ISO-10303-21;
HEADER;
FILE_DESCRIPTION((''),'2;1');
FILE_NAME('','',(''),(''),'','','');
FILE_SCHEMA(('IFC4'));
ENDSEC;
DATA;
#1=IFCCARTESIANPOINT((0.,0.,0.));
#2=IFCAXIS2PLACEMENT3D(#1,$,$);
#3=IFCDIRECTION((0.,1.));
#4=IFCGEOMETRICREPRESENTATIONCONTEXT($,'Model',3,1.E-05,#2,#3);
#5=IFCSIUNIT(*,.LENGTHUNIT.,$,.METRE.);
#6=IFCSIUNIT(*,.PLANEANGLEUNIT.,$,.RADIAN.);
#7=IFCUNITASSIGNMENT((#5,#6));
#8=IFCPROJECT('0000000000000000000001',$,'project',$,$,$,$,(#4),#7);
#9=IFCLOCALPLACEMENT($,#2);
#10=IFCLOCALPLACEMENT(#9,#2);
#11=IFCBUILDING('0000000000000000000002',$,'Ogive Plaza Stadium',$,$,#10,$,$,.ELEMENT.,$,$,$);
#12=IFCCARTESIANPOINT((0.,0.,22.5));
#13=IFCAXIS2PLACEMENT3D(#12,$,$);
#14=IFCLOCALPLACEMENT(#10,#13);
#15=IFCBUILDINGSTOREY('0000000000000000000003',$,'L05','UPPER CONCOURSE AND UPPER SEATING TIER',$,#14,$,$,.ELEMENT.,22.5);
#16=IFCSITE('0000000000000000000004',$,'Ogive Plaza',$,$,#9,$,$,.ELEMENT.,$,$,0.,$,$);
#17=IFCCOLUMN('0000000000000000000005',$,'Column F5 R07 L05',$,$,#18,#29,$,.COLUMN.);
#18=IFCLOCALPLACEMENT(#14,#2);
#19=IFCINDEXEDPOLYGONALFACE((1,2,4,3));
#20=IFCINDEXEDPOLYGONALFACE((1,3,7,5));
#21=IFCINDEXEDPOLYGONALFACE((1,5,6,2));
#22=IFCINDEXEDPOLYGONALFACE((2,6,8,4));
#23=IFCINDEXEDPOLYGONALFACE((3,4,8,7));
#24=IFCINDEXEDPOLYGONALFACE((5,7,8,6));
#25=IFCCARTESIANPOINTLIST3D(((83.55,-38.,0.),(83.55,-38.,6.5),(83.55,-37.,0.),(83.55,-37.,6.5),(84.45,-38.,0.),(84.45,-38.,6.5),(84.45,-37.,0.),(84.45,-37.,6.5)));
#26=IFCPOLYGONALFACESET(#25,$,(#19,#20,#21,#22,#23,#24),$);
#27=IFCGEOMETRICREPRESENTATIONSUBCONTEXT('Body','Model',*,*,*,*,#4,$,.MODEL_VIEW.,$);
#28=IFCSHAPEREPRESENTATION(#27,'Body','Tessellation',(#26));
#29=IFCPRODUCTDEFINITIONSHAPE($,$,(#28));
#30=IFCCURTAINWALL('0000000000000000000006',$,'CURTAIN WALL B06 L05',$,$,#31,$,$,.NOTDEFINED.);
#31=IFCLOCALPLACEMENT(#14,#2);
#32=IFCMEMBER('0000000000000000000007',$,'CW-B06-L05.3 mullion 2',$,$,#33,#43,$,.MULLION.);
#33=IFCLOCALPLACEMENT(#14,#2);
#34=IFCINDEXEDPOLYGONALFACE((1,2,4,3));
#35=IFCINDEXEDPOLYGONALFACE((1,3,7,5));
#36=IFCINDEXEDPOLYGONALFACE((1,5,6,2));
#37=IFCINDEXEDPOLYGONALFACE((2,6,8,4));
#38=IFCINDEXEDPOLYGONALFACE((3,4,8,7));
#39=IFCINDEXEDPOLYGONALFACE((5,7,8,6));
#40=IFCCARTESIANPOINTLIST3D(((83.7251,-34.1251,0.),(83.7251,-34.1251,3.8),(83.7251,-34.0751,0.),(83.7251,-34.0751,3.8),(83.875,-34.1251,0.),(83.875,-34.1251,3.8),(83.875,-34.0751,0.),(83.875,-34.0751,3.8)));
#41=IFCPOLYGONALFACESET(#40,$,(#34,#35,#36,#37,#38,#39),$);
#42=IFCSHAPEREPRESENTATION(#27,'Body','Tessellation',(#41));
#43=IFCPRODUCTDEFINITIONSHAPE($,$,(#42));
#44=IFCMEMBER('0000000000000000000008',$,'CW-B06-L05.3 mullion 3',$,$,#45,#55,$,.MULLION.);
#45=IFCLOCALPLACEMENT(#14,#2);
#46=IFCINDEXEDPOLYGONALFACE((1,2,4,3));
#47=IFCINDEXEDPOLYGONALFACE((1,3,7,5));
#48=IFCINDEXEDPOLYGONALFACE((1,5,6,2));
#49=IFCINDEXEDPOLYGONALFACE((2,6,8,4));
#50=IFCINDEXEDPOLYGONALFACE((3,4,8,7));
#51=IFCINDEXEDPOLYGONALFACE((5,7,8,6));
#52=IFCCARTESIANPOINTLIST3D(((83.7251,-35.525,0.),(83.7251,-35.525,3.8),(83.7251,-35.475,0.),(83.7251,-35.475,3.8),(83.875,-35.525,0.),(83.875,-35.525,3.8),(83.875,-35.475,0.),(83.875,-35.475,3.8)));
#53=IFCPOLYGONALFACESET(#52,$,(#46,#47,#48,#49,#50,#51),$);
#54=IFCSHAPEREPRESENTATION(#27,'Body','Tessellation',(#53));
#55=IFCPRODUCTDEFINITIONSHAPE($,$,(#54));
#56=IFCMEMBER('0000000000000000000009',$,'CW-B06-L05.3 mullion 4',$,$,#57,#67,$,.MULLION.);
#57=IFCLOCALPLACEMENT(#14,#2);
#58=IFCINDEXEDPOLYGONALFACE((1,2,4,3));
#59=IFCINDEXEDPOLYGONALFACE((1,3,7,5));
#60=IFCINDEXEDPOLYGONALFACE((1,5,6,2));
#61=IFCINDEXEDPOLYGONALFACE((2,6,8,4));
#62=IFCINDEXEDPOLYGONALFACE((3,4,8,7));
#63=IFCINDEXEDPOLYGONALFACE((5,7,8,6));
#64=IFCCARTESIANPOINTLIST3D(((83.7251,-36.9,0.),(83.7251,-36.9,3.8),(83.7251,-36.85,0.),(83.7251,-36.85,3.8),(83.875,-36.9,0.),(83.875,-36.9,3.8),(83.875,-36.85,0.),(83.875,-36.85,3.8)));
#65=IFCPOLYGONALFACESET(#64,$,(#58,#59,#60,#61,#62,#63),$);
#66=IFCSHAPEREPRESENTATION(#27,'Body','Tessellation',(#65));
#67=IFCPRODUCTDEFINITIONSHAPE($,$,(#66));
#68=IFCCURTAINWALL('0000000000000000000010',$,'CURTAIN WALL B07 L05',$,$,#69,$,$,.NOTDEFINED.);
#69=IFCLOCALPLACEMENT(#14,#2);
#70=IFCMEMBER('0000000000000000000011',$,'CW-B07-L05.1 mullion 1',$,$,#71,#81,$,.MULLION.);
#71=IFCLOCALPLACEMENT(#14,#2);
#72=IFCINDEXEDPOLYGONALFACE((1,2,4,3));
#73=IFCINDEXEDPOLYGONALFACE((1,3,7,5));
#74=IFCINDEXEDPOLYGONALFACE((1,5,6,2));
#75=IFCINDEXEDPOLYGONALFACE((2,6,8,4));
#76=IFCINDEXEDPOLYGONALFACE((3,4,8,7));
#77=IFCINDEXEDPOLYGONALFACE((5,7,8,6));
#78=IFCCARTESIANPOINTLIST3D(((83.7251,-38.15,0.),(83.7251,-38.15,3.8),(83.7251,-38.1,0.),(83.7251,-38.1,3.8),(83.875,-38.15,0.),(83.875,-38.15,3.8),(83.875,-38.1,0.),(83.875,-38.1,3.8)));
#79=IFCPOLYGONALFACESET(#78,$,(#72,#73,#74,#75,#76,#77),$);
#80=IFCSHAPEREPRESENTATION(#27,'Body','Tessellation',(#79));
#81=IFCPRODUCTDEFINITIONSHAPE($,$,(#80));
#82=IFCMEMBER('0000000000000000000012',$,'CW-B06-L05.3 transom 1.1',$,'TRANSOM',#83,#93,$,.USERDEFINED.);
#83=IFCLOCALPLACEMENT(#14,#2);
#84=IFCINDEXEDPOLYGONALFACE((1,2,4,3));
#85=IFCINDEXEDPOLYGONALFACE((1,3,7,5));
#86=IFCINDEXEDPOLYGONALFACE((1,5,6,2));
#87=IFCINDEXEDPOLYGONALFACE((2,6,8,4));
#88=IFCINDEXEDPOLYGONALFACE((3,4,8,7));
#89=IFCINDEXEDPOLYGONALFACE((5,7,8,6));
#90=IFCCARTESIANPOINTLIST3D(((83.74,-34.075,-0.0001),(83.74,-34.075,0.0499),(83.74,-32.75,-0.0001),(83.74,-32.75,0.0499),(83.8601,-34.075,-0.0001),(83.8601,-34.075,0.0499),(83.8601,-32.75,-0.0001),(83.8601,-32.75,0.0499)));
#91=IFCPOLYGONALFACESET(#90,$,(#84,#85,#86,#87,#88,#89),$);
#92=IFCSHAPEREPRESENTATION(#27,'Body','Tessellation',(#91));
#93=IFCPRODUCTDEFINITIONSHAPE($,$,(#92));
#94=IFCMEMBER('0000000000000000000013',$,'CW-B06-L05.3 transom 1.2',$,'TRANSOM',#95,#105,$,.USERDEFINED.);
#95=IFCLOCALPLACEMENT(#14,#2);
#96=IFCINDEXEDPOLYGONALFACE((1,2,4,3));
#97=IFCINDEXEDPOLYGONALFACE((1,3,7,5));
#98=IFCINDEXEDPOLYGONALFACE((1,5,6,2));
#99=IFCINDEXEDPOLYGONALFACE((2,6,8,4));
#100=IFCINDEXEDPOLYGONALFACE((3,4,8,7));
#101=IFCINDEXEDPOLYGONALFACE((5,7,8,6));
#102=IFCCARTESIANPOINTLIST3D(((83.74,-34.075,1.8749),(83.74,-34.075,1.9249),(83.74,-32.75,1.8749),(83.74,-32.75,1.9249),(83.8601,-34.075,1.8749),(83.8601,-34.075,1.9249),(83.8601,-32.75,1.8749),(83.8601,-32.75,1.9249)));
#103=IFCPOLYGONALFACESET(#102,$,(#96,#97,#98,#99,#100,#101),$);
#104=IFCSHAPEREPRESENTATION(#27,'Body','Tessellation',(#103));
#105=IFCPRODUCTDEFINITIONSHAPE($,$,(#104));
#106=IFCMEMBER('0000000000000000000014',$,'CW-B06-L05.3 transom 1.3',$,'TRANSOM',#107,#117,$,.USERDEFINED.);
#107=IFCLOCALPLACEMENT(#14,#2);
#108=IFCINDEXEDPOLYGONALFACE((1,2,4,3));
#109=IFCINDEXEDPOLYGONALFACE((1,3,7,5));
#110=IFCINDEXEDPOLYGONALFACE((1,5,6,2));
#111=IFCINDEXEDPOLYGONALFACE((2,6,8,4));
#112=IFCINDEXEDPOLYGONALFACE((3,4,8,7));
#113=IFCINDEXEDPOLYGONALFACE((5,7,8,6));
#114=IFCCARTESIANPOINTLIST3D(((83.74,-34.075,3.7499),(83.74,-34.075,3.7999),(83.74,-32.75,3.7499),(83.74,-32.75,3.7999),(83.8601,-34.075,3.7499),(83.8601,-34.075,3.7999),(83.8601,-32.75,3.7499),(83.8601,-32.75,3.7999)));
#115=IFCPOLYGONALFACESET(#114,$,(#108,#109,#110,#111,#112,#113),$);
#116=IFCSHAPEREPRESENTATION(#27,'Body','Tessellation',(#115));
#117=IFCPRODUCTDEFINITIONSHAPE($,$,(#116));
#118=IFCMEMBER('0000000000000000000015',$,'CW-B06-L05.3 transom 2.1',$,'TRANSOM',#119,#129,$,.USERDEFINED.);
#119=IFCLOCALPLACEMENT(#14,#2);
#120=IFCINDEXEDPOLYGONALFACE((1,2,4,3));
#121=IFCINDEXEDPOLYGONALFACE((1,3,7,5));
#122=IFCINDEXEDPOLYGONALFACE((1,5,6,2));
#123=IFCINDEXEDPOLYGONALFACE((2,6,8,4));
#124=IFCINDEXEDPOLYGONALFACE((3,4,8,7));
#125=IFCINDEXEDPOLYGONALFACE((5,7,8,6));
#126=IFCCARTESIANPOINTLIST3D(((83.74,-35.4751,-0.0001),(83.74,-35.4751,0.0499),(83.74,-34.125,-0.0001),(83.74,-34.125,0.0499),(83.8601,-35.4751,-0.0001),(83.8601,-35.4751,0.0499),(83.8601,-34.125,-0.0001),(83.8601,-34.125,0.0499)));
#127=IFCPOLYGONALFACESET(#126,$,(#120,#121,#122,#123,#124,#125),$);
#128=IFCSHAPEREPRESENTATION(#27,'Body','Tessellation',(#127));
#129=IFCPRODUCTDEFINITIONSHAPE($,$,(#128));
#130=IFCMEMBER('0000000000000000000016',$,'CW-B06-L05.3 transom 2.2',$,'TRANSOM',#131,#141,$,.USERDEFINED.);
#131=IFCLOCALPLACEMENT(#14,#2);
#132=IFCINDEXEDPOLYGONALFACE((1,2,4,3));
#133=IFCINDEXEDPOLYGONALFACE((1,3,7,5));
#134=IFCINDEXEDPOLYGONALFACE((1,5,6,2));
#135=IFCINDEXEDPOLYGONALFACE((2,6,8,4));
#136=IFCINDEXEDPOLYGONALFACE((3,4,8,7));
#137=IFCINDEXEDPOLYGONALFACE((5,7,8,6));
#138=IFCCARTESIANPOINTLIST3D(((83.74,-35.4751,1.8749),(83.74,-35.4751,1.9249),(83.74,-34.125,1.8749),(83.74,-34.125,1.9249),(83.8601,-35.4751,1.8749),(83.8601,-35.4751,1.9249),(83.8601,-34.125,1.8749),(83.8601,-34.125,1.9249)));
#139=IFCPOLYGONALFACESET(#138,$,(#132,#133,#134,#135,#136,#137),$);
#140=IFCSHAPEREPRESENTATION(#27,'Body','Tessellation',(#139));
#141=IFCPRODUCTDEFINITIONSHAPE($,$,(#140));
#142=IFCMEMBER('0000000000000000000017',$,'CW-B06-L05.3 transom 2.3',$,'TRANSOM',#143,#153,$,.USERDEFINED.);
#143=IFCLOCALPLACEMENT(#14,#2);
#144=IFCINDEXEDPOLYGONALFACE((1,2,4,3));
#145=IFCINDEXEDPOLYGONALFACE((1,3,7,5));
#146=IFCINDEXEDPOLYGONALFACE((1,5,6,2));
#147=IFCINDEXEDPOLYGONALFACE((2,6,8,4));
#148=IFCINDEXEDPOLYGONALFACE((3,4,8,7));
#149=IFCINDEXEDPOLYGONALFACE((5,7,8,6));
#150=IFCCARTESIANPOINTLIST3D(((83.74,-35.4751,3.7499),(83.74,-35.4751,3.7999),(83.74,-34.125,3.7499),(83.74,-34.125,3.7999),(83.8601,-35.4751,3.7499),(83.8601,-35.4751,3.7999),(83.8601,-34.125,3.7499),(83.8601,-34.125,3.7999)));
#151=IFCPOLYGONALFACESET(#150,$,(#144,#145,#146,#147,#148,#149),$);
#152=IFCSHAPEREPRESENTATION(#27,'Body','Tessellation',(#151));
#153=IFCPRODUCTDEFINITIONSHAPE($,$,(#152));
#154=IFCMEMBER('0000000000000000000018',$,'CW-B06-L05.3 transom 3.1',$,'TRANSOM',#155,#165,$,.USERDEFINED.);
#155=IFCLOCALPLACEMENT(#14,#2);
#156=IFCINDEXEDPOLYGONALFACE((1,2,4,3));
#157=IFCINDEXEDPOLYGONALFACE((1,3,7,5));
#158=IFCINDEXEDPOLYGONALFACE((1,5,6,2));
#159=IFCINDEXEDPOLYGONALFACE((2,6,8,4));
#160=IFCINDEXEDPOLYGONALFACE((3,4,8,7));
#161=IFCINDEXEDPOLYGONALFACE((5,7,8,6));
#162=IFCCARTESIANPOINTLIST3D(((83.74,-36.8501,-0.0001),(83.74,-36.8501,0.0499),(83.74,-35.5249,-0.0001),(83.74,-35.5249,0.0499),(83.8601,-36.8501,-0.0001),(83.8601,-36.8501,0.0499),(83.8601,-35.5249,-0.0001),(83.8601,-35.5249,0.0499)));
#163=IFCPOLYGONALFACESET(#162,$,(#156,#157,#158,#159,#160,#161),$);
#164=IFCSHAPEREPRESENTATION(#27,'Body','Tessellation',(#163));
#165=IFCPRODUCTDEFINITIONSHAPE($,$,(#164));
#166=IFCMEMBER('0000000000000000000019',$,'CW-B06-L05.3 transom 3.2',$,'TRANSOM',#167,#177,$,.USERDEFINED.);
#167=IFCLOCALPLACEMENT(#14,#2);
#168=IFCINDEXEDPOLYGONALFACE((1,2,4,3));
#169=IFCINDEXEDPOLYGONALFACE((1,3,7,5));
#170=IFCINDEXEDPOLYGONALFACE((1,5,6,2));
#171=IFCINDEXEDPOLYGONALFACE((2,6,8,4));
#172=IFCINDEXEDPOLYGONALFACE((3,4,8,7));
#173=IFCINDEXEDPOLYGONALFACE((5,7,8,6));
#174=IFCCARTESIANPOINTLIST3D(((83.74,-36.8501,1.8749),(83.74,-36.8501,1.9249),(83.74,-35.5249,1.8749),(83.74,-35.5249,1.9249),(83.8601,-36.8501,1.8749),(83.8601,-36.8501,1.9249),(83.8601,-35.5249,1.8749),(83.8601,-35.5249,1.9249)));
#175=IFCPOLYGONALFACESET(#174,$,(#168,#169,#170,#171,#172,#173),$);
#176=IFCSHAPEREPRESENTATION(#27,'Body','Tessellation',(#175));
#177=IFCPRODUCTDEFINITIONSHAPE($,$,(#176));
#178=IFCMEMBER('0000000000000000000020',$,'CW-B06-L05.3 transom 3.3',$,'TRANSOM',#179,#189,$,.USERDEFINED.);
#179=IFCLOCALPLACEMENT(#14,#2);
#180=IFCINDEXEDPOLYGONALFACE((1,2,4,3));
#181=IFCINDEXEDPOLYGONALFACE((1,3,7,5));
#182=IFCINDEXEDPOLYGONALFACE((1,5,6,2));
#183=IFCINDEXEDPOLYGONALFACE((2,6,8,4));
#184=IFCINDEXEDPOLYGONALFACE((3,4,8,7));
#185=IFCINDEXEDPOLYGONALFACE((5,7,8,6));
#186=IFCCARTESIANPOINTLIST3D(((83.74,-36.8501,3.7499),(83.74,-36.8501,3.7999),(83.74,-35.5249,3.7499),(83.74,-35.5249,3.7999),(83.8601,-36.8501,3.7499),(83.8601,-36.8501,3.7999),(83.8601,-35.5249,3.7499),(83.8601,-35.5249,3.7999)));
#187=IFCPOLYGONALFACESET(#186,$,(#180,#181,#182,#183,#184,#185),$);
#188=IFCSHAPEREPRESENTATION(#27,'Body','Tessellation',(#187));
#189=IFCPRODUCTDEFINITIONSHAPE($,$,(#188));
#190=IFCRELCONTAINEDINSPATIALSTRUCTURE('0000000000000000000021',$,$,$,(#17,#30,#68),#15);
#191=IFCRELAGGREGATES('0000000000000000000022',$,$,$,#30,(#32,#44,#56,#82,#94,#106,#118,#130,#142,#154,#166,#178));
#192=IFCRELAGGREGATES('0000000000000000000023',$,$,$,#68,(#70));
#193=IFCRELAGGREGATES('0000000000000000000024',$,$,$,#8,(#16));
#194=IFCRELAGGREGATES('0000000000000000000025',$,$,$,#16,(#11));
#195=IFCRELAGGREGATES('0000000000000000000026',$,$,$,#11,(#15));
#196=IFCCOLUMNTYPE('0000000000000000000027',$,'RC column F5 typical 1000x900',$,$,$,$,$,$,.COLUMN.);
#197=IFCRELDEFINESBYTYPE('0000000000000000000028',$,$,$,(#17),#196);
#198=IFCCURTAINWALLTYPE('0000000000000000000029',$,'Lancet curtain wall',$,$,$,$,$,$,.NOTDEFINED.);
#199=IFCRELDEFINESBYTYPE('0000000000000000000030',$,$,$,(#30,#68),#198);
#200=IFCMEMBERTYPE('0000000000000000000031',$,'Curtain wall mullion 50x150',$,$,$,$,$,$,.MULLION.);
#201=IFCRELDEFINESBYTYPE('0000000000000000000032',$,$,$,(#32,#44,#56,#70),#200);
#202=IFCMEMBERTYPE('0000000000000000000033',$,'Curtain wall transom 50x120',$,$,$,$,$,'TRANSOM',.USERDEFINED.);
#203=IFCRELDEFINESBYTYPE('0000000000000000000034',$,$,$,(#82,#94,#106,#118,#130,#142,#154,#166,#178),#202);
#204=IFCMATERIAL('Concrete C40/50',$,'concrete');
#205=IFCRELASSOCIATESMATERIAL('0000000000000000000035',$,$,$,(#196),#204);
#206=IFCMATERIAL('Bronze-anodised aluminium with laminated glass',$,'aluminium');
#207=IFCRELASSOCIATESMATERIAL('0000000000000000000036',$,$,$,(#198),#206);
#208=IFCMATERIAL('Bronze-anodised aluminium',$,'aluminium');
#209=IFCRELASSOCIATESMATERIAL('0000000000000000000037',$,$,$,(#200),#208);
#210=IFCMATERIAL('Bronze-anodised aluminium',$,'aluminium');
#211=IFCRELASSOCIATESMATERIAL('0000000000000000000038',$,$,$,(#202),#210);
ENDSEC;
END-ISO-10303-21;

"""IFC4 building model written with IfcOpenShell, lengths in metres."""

from ifc_helpers import new_model, si_unit, direction, frame, origin, origin_2d, place, context, subcontext, project, spatial, rectangle, extrude, material, material_profile, profile_set, type_object, element, aggregate, save


model = new_model("IFC4")

# Units and contexts
model_context = context("Model", 3, precision=1e-05, world=origin(), true_north=direction((0.0, 1.0)))
body_context = subcontext(model_context, "Body", "Model", "MODEL_VIEW")
ifc_project = project(units=[si_unit("LENGTHUNIT", "METRE"), si_unit("PLANEANGLEUNIT", "RADIAN")], contexts=[model_context])

# Site, building, storey
site_placement = place(None, origin())
site = spatial("IfcSite", under=ifc_project, at=site_placement, Name="Ogive Plaza", CompositionType="ELEMENT", RefElevation=0.0)
building_placement = place(site_placement, origin())
building = spatial("IfcBuilding", under=site, at=building_placement, Name="Ogive Plaza Stadium", CompositionType="ELEMENT")
storey_placement = place(building_placement, frame((0.0, 0.0, 22.5)))
storey = spatial("IfcBuildingStorey", under=building, at=storey_placement, Name="L05", Description="UPPER CONCOURSE AND UPPER SEATING TIER", CompositionType="ELEMENT", Elevation=22.5)

# Column
ifc_material_1 = material(Name="Concrete C40/50", Category="concrete")
ifc_material_profile_1 = material_profile(ifc_material_1, rectangle(XDim=1.0, YDim=0.8999, at=origin_2d()), Name="RC 1000x900")
ifc_profile_set_1 = profile_set([ifc_material_profile_1], Name="Concrete C40/50")
column_type = type_object("IfcColumnType", Name="RC column F5 typical 1000x900", PredefinedType="COLUMN", material=ifc_profile_set_1)
column_placement = place(storey_placement, frame((84.0, -37.5, 0.0), z_axis=(0.0, 0.0, 1.0), x_axis=(0.0, 1.0, 0.0)))
element("IfcColumn", 1, at=column_placement, inside=storey, type_object=column_type, Name="Column F5 R07 L05", PredefinedType="COLUMN", context=body_context, shape_type="SweptSolid", body=[
    extrude(rectangle(XDim=1.0, YDim=0.8999, at=origin_2d()), origin(), (0.0, 0.0, 1.0), 6.5),
])

# Curtain wall, members
ifc_material_2 = material(Name="Bronze-anodised aluminium with laminated glass", Category="aluminium")
curtain_wall_type = type_object("IfcCurtainWallType", Name="Lancet curtain wall", PredefinedType="NOTDEFINED", material=ifc_material_2)
curtain_wall_1_placement = place(storey_placement, origin())
curtain_wall_1 = element("IfcCurtainWall", 2, at=curtain_wall_1_placement, inside=storey, type_object=curtain_wall_type, Name="CURTAIN WALL B06 L05", PredefinedType="NOTDEFINED")
ifc_material_3 = material(Name="Bronze-anodised aluminium", Category="aluminium")
ifc_material_profile_2 = material_profile(ifc_material_3, rectangle(XDim=0.1499, YDim=0.05, at=origin_2d()), Name="AL 150x50")
ifc_profile_set_2 = profile_set([ifc_material_profile_2], Name="Bronze-anodised aluminium")
member_type_1 = type_object("IfcMemberType", Name="Curtain wall mullion 50x150", PredefinedType="MULLION", material=ifc_profile_set_2)
member_1_placement = place(storey_placement, frame((83.8, -34.1001, 0.0), z_axis=(0.0, 0.0, 1.0), x_axis=(1.0, 0.0, 0.0)))
member_1 = element("IfcMember", 3, at=member_1_placement, type_object=member_type_1, Name="CW-B06-L05.3 mullion 2", PredefinedType="MULLION", context=body_context, shape_type="SweptSolid", body=[
    extrude(rectangle(XDim=0.1499, YDim=0.05, at=origin_2d()), origin(), (0.0, 0.0, 1.0), 3.8),
])
member_2_placement = place(storey_placement, frame((83.8, -35.5, 0.0), z_axis=(0.0, 0.0, 1.0), x_axis=(1.0, 0.0, 0.0)))
member_2 = element("IfcMember", 4, at=member_2_placement, type_object=member_type_1, Name="CW-B06-L05.3 mullion 3", PredefinedType="MULLION", context=body_context, shape_type="SweptSolid", body=[
    extrude(rectangle(XDim=0.1499, YDim=0.05, at=origin_2d()), origin(), (0.0, 0.0, 1.0), 3.8),
])
member_3_placement = place(storey_placement, frame((83.8, -36.875, 0.0), z_axis=(0.0, 0.0, 1.0), x_axis=(1.0, 0.0, 0.0)))
member_3 = element("IfcMember", 5, at=member_3_placement, type_object=member_type_1, Name="CW-B06-L05.3 mullion 4", PredefinedType="MULLION", context=body_context, shape_type="SweptSolid", body=[
    extrude(rectangle(XDim=0.1499, YDim=0.05, at=origin_2d()), origin(), (0.0, 0.0, 1.0), 3.8),
])

# Curtain wall, member
curtain_wall_2_placement = place(storey_placement, origin())
curtain_wall_2 = element("IfcCurtainWall", 6, at=curtain_wall_2_placement, inside=storey, type_object=curtain_wall_type, Name="CURTAIN WALL B07 L05", PredefinedType="NOTDEFINED")
member_4_placement = place(storey_placement, frame((83.8, -38.125, 0.0), z_axis=(0.0, 0.0, 1.0), x_axis=(1.0, 0.0, 0.0)))
member_4 = element("IfcMember", 7, at=member_4_placement, type_object=member_type_1, Name="CW-B07-L05.1 mullion 1", PredefinedType="MULLION", context=body_context, shape_type="SweptSolid", body=[
    extrude(rectangle(XDim=0.1499, YDim=0.05, at=origin_2d()), origin(), (0.0, 0.0, 1.0), 3.8),
])

# Members
ifc_material_4 = material(Name="Bronze-anodised aluminium", Category="aluminium")
ifc_material_profile_3 = material_profile(ifc_material_4, rectangle(XDim=0.1201, YDim=0.05, at=origin_2d()), Name="AL 120x50")
ifc_profile_set_3 = profile_set([ifc_material_profile_3], Name="Bronze-anodised aluminium")
member_type_2 = type_object("IfcMemberType", Name="Curtain wall transom 50x120", ElementType="TRANSOM", PredefinedType="USERDEFINED", material=ifc_profile_set_3)
member_5_placement = place(storey_placement, frame((83.8, -32.75, 0.0249), z_axis=(0.0, -1.0, 0.0), x_axis=(1.0, 0.0, 0.0)))
member_5 = element("IfcMember", 8, at=member_5_placement, type_object=member_type_2, Name="CW-B06-L05.3 transom 1.1", ObjectType="TRANSOM", PredefinedType="USERDEFINED", context=body_context, shape_type="SweptSolid", body=[
    extrude(rectangle(XDim=0.1201, YDim=0.05, at=origin_2d()), origin(), (0.0, 0.0, 1.0), 1.325),
])
member_6_placement = place(storey_placement, frame((83.8, -32.75, 1.8999), z_axis=(0.0, -1.0, 0.0), x_axis=(1.0, 0.0, 0.0)))
member_6 = element("IfcMember", 9, at=member_6_placement, type_object=member_type_2, Name="CW-B06-L05.3 transom 1.2", ObjectType="TRANSOM", PredefinedType="USERDEFINED", context=body_context, shape_type="SweptSolid", body=[
    extrude(rectangle(XDim=0.1201, YDim=0.05, at=origin_2d()), origin(), (0.0, 0.0, 1.0), 1.325),
])
member_7_placement = place(storey_placement, frame((83.8, -32.75, 3.7749), z_axis=(0.0, -1.0, 0.0), x_axis=(1.0, 0.0, 0.0)))
member_7 = element("IfcMember", 10, at=member_7_placement, type_object=member_type_2, Name="CW-B06-L05.3 transom 1.3", ObjectType="TRANSOM", PredefinedType="USERDEFINED", context=body_context, shape_type="SweptSolid", body=[
    extrude(rectangle(XDim=0.1201, YDim=0.05, at=origin_2d()), origin(), (0.0, 0.0, 1.0), 1.325),
])
member_8_placement = place(storey_placement, frame((83.8, -34.125, 0.0249), z_axis=(0.0, -1.0, 0.0), x_axis=(1.0, 0.0, 0.0)))
member_8 = element("IfcMember", 11, at=member_8_placement, type_object=member_type_2, Name="CW-B06-L05.3 transom 2.1", ObjectType="TRANSOM", PredefinedType="USERDEFINED", context=body_context, shape_type="SweptSolid", body=[
    extrude(rectangle(XDim=0.1201, YDim=0.05, at=origin_2d()), origin(), (0.0, 0.0, 1.0), 1.3501),
])
member_9_placement = place(storey_placement, frame((83.8, -34.125, 1.8999), z_axis=(0.0, -1.0, 0.0), x_axis=(1.0, 0.0, 0.0)))
member_9 = element("IfcMember", 12, at=member_9_placement, type_object=member_type_2, Name="CW-B06-L05.3 transom 2.2", ObjectType="TRANSOM", PredefinedType="USERDEFINED", context=body_context, shape_type="SweptSolid", body=[
    extrude(rectangle(XDim=0.1201, YDim=0.05, at=origin_2d()), origin(), (0.0, 0.0, 1.0), 1.3501),
])
member_10_placement = place(storey_placement, frame((83.8, -34.125, 3.7749), z_axis=(0.0, -1.0, 0.0), x_axis=(1.0, 0.0, 0.0)))
member_10 = element("IfcMember", 13, at=member_10_placement, type_object=member_type_2, Name="CW-B06-L05.3 transom 2.3", ObjectType="TRANSOM", PredefinedType="USERDEFINED", context=body_context, shape_type="SweptSolid", body=[
    extrude(rectangle(XDim=0.1201, YDim=0.05, at=origin_2d()), origin(), (0.0, 0.0, 1.0), 1.3501),
])
member_11_placement = place(storey_placement, frame((83.8, -35.5249, 0.0249), z_axis=(0.0, -1.0, 0.0), x_axis=(1.0, 0.0, 0.0)))
member_11 = element("IfcMember", 14, at=member_11_placement, type_object=member_type_2, Name="CW-B06-L05.3 transom 3.1", ObjectType="TRANSOM", PredefinedType="USERDEFINED", context=body_context, shape_type="SweptSolid", body=[
    extrude(rectangle(XDim=0.1201, YDim=0.05, at=origin_2d()), origin(), (0.0, 0.0, 1.0), 1.3252),
])
member_12_placement = place(storey_placement, frame((83.8, -35.5249, 1.8999), z_axis=(0.0, -1.0, 0.0), x_axis=(1.0, 0.0, 0.0)))
member_12 = element("IfcMember", 15, at=member_12_placement, type_object=member_type_2, Name="CW-B06-L05.3 transom 3.2", ObjectType="TRANSOM", PredefinedType="USERDEFINED", context=body_context, shape_type="SweptSolid", body=[
    extrude(rectangle(XDim=0.1201, YDim=0.05, at=origin_2d()), origin(), (0.0, 0.0, 1.0), 1.3252),
])
member_13_placement = place(storey_placement, frame((83.8, -35.5249, 3.7749), z_axis=(0.0, -1.0, 0.0), x_axis=(1.0, 0.0, 0.0)))
member_13 = element("IfcMember", 16, at=member_13_placement, type_object=member_type_2, Name="CW-B06-L05.3 transom 3.3", ObjectType="TRANSOM", PredefinedType="USERDEFINED", context=body_context, shape_type="SweptSolid", body=[
    extrude(rectangle(XDim=0.1201, YDim=0.05, at=origin_2d()), origin(), (0.0, 0.0, 1.0), 1.3252),
])

aggregate(curtain_wall_1, [member_1, member_2, member_3, member_5, member_6, member_7, member_8, member_9, member_10, member_11, member_12, member_13])
aggregate(curtain_wall_2, [member_4])

save(model, "model.ifc")
